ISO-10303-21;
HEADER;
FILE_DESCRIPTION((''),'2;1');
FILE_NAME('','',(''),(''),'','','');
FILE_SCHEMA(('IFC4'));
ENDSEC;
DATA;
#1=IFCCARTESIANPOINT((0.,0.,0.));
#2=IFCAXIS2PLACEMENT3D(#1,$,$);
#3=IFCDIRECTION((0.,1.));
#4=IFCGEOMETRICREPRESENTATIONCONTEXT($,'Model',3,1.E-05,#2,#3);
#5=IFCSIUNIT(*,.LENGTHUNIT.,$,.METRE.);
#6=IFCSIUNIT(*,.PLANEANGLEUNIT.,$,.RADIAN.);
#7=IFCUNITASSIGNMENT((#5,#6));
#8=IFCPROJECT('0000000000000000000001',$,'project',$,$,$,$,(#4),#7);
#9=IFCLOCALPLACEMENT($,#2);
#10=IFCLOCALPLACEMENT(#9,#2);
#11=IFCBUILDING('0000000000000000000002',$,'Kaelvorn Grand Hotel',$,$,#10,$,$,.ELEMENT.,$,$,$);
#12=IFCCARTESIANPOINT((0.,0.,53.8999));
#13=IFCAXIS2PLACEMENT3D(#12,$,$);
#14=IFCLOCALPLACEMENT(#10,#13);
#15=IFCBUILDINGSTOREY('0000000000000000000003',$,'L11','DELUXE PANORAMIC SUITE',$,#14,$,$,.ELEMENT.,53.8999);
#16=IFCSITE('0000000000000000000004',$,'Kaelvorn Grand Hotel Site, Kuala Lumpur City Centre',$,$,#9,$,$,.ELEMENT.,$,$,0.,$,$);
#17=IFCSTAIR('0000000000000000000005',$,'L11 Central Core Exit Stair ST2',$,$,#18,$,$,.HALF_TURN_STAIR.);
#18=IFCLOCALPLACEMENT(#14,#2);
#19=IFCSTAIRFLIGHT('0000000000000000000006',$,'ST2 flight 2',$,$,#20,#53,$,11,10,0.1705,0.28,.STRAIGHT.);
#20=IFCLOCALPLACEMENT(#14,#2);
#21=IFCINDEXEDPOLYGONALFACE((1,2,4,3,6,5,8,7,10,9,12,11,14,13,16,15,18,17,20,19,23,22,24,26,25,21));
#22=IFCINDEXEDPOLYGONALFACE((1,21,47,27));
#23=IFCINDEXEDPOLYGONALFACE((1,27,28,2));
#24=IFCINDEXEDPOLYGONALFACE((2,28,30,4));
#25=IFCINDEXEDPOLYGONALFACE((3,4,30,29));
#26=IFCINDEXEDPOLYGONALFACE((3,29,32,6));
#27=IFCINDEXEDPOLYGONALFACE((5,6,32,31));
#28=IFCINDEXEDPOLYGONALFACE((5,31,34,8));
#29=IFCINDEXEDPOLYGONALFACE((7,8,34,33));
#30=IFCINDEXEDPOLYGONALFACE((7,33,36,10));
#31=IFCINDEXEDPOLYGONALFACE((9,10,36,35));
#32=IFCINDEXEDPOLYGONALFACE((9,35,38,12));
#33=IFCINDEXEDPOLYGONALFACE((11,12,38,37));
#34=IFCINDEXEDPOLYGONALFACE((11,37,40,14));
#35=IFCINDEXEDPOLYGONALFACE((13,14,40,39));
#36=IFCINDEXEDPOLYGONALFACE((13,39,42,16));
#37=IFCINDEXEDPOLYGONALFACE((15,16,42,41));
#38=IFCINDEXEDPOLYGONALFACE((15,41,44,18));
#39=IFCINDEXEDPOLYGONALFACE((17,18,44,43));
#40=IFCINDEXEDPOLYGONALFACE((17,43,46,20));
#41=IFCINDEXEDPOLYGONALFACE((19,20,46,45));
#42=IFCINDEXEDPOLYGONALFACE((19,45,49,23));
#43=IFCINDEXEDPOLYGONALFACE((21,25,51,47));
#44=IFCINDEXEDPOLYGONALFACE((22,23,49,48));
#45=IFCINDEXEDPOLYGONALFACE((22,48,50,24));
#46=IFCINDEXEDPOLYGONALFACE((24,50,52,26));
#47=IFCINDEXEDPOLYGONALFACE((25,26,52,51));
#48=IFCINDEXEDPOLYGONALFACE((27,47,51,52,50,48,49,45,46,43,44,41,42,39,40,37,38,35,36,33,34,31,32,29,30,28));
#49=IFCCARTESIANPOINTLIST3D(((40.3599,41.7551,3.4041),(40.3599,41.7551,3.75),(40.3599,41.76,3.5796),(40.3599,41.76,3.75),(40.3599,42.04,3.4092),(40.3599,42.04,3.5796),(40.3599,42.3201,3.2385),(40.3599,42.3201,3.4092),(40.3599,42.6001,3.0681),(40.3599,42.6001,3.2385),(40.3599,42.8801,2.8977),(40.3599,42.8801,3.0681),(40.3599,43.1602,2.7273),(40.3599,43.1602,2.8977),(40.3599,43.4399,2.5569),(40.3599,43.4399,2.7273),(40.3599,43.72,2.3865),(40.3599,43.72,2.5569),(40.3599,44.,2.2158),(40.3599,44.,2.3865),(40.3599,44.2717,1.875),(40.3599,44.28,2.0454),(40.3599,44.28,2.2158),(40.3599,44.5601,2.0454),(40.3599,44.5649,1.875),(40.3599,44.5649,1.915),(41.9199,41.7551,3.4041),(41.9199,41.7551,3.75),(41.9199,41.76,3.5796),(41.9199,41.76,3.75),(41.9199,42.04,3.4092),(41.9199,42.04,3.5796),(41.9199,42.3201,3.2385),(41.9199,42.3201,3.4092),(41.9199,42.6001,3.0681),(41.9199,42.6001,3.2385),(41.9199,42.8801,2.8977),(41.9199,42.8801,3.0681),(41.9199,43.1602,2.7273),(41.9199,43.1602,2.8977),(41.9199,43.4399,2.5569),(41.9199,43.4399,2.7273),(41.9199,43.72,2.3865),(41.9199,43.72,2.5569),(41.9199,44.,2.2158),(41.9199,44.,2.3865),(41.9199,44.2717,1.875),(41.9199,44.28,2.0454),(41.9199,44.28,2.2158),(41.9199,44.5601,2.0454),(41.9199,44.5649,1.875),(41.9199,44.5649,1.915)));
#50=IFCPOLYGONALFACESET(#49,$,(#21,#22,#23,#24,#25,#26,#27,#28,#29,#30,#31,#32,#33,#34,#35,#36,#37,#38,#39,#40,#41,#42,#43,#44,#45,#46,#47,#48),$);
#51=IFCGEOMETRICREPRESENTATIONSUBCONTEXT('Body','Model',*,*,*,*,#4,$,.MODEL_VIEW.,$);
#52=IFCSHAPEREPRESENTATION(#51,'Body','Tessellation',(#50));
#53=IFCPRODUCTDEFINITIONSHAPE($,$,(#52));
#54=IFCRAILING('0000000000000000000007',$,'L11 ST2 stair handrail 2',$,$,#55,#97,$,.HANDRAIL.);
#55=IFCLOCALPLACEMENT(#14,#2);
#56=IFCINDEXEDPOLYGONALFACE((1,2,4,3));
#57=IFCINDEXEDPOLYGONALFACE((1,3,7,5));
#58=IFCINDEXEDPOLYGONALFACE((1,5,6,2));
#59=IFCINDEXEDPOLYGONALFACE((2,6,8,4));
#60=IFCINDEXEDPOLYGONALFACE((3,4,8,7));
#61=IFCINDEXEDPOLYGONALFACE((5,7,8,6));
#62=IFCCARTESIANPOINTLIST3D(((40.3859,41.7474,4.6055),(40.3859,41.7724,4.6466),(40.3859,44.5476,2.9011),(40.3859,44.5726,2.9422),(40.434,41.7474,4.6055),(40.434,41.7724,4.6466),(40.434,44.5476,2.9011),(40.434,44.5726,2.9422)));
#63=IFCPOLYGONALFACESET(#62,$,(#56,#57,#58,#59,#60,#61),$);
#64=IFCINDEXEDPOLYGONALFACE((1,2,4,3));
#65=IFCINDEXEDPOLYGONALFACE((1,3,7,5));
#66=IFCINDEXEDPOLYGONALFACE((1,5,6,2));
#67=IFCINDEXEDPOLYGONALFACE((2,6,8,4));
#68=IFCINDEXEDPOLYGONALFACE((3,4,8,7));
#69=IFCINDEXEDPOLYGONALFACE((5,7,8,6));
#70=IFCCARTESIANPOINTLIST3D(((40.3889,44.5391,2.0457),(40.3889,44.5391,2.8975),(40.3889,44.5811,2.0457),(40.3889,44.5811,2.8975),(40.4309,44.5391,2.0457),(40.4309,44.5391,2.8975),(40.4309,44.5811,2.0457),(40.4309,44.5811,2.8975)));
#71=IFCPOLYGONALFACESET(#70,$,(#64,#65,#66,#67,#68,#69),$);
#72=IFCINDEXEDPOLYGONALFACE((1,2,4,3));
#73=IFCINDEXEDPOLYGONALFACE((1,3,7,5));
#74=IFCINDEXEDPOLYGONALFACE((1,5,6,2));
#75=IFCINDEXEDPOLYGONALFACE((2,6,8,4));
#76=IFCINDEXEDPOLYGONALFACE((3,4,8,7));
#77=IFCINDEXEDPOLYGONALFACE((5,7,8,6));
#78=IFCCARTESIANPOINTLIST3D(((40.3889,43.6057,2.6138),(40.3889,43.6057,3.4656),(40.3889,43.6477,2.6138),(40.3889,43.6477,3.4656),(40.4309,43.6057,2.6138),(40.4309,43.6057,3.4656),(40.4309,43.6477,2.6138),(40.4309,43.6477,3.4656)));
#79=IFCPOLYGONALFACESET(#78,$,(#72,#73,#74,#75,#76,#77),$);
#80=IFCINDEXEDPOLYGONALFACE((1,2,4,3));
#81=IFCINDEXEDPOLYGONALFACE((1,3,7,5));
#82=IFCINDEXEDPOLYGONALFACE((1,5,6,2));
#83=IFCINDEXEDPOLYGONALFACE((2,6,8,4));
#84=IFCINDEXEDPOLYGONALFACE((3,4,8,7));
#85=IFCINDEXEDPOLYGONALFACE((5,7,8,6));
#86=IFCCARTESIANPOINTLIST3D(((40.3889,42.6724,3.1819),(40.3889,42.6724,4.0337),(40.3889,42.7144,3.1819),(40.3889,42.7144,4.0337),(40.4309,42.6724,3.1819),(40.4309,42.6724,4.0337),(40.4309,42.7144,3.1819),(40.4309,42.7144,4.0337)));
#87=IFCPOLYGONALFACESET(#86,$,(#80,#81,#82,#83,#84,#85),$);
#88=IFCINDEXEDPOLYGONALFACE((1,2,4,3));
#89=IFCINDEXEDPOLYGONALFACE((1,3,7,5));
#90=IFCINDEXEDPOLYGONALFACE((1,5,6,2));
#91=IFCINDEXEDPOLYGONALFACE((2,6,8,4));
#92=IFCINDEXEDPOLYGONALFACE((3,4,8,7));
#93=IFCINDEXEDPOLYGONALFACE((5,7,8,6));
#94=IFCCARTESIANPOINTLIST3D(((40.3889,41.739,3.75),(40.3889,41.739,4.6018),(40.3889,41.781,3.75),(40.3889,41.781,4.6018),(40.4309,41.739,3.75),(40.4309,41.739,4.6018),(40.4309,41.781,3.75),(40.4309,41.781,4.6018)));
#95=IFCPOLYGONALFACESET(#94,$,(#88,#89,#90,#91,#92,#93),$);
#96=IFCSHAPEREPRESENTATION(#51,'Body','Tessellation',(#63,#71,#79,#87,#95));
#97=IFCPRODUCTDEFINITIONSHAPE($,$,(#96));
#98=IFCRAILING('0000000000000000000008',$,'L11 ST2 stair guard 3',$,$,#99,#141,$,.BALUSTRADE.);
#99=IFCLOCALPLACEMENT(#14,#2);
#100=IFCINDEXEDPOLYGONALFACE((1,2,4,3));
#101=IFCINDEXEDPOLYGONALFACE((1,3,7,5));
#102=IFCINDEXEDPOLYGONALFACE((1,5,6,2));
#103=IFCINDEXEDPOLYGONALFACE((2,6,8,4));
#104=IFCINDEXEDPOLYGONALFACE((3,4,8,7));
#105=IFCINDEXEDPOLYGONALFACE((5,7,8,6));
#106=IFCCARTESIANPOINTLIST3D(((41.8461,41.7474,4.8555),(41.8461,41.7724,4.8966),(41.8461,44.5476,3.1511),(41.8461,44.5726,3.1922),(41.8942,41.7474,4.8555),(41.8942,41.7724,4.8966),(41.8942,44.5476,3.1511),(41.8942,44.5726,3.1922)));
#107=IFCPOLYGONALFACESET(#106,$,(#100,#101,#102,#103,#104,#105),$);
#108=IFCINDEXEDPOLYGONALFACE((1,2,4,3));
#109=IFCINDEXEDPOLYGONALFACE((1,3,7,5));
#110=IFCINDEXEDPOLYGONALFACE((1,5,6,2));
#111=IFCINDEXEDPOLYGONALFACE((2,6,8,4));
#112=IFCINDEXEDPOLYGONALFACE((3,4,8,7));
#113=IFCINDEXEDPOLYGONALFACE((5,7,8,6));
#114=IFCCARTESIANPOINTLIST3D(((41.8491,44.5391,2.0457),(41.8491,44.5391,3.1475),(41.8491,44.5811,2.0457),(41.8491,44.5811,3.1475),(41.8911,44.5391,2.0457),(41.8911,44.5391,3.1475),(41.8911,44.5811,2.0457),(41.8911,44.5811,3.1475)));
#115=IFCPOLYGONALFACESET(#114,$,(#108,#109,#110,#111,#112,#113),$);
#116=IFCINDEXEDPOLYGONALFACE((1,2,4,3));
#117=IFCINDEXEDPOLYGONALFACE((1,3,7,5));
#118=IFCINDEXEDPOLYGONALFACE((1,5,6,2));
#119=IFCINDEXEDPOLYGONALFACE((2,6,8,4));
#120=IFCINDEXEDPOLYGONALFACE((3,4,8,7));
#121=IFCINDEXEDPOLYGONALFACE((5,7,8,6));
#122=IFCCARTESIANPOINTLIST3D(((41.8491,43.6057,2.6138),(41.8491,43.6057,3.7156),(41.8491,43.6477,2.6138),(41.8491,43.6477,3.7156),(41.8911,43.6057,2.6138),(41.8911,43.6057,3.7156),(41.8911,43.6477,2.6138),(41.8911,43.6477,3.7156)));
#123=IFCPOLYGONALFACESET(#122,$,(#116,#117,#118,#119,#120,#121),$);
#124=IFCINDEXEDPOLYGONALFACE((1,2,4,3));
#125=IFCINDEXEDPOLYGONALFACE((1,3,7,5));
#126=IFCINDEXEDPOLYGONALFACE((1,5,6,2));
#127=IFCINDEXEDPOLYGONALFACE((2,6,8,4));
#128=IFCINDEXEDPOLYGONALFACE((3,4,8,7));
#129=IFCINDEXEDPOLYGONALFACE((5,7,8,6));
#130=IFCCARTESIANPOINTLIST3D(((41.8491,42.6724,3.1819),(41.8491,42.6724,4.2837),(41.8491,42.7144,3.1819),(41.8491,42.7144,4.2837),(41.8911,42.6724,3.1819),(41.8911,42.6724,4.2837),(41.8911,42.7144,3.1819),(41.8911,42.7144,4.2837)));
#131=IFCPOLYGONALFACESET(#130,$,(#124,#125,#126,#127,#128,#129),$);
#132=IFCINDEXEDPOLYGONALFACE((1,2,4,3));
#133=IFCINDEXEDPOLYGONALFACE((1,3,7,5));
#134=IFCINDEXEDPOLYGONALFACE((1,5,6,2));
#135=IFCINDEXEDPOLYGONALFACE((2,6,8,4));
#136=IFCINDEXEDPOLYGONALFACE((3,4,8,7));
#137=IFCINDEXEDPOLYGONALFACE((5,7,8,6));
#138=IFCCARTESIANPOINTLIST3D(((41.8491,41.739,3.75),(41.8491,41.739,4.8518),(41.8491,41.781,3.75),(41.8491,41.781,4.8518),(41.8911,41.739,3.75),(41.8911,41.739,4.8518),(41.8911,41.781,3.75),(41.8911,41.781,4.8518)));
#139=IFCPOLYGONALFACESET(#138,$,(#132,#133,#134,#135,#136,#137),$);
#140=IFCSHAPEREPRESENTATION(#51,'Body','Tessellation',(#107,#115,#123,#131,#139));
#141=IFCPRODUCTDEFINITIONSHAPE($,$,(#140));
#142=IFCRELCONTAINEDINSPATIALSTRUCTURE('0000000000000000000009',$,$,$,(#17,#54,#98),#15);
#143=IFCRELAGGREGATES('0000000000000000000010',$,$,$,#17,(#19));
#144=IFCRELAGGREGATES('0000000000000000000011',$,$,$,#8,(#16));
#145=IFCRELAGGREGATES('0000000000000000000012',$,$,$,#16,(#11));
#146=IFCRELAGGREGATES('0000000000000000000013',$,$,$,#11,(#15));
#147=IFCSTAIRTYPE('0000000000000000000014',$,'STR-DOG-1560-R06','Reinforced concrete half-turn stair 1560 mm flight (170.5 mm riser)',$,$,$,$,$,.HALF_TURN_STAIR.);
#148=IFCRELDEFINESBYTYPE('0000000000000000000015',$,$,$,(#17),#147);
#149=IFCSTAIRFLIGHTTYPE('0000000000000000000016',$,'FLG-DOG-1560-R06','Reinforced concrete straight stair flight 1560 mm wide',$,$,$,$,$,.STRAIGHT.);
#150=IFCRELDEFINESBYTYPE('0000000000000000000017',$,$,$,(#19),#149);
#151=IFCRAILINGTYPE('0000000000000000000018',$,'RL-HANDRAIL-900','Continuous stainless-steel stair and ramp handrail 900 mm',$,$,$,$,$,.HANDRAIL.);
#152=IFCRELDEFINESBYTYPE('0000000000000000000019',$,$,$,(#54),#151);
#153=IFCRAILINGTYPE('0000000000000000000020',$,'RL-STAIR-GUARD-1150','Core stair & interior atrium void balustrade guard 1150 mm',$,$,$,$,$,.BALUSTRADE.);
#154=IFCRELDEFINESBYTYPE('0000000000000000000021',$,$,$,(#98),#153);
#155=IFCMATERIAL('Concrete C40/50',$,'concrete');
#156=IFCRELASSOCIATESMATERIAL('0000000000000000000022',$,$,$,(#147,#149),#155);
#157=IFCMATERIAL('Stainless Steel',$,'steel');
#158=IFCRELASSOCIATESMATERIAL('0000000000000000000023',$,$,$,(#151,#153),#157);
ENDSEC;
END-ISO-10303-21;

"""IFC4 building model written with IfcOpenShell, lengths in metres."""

from ifc_helpers import new_model, si_unit, direction, frame, origin, origin_2d, place, context, subcontext, project, spatial, polyline, rectangle, outline, extrude, material, type_object, element, aggregate, save


model = new_model("IFC4")

# Units and contexts
model_context = context("Model", 3, precision=1e-05, world=origin(), true_north=direction((0.0, 1.0)))
body_context = subcontext(model_context, "Body", "Model", "MODEL_VIEW")
ifc_project = project(units=[si_unit("LENGTHUNIT", "METRE"), si_unit("PLANEANGLEUNIT", "RADIAN")], contexts=[model_context])

# Site, building, storey
site_placement = place(None, origin())
site = spatial("IfcSite", under=ifc_project, at=site_placement, Name="Kaelvorn Grand Hotel Site, Kuala Lumpur City Centre", CompositionType="ELEMENT", RefElevation=0.0)
building_placement = place(site_placement, origin())
building = spatial("IfcBuilding", under=site, at=building_placement, Name="Kaelvorn Grand Hotel", CompositionType="ELEMENT")
storey_placement = place(building_placement, frame((0.0, 0.0, 53.8999)))
storey = spatial("IfcBuildingStorey", under=building, at=storey_placement, Name="L11", Description="DELUXE PANORAMIC SUITE", CompositionType="ELEMENT", Elevation=53.8999)

# Shared definitions
ifc_material_1 = material(Name="Concrete C40/50", Category="concrete")

# Stair, stair flight
stair_type = type_object("IfcStairType", Name="STR-DOG-1560-R06", Description="Reinforced concrete half-turn stair 1560 mm flight (170.5 mm riser)", PredefinedType="HALF_TURN_STAIR", material=ifc_material_1)
stair_placement = place(storey_placement, origin())
stair = element("IfcStair", 1, at=stair_placement, inside=storey, type_object=stair_type, Name="L11 Central Core Exit Stair ST2", PredefinedType="HALF_TURN_STAIR")
stair_flight_type = type_object("IfcStairFlightType", Name="FLG-DOG-1560-R06", Description="Reinforced concrete straight stair flight 1560 mm wide", PredefinedType="STRAIGHT", material=ifc_material_1)
stair_flight_placement = place(storey_placement, frame((41.1399, 44.5601, 1.875), z_axis=(0.0, 0.0, 1.0), x_axis=(0.0, -1.0, 0.0)))
stair_flight = element("IfcStairFlight", 2, at=stair_flight_placement, type_object=stair_flight_type, Name="ST2 flight 2", NumberOfRisers=11, NumberOfTreads=10, PredefinedType="STRAIGHT", RiserHeight=0.1705, TreadLength=0.28, context=body_context, shape_type="SweptSolid", body=[
    extrude(outline(polyline([(-0.0049, 0.0), (-0.0049, 0.04), (0.0, 0.1704), (0.28, 0.1704), (0.28, 0.3408), (0.5601, 0.3408), (0.5601, 0.5115), (0.8401, 0.5115), (0.8401, 0.6819), (1.1201, 0.6819), (1.1201, 0.8523), (1.3999, 0.8523), (1.3999, 1.0227), (1.6799, 1.0227), (1.6799, 1.1931), (1.96, 1.1931), (1.96, 1.3635), (2.24, 1.3635), (2.24, 1.5342), (2.52, 1.5342), (2.52, 1.7046), (2.8, 1.7046), (2.8, 1.875), (2.8049, 1.875), (2.8049, 1.5291), (0.2883, 0.0), (-0.0049, 0.0)])), frame((0.0, 0.78, 0.0), z_axis=(0.0, -1.0, 0.0), x_axis=(1.0, 0.0, 0.0)), (0.0, 0.0, 1.0), 1.5601),
])
aggregate(stair, [stair_flight])

# Railings
ifc_material_2 = material(Name="Stainless Steel", Category="steel")
railing_type_1 = type_object("IfcRailingType", Name="RL-HANDRAIL-900", Description="Continuous stainless-steel stair and ramp handrail 900 mm", PredefinedType="HANDRAIL", material=ifc_material_2)
railing_1_placement = place(storey_placement, frame((40.4099, 44.5601, 2.0457)))
element("IfcRailing", 3, at=railing_1_placement, inside=storey, type_object=railing_type_1, Name="L11 ST2 stair handrail 2", PredefinedType="HANDRAIL", context=body_context, shape_type="SweptSolid", body=[
    extrude(rectangle(XDim=0.0481, YDim=0.0481, at=origin_2d()), frame((0.0, 0.0, 0.876), z_axis=(0.0, -0.854203, 0.51994), x_axis=(1.0, 0.0, 0.0)), (0.0, 0.0, 1.0), 3.2781),
    extrude(rectangle(XDim=0.042, YDim=0.042, at=origin_2d()), origin(), (0.0, 0.0, 1.0), 0.8518),
    extrude(rectangle(XDim=0.042, YDim=0.042, at=origin_2d()), frame((0.0, -0.9333, 0.5681)), (0.0, 0.0, 1.0), 0.8518),
    extrude(rectangle(XDim=0.042, YDim=0.042, at=origin_2d()), frame((0.0, -1.8667, 1.1362)), (0.0, 0.0, 1.0), 0.8518),
    extrude(rectangle(XDim=0.042, YDim=0.042, at=origin_2d()), frame((0.0, -2.8, 1.7043)), (0.0, 0.0, 1.0), 0.8518),
])
railing_type_2 = type_object("IfcRailingType", Name="RL-STAIR-GUARD-1150", Description="Core stair & interior atrium void balustrade guard 1150 mm", PredefinedType="BALUSTRADE", material=ifc_material_2)
railing_2_placement = place(storey_placement, frame((41.8701, 44.5601, 2.0457)))
element("IfcRailing", 4, at=railing_2_placement, inside=storey, type_object=railing_type_2, Name="L11 ST2 stair guard 3", PredefinedType="BALUSTRADE", context=body_context, shape_type="SweptSolid", body=[
    extrude(rectangle(XDim=0.0481, YDim=0.0481, at=origin_2d()), frame((0.0, 0.0, 1.126), z_axis=(0.0, -0.854203, 0.51994), x_axis=(1.0, 0.0, 0.0)), (0.0, 0.0, 1.0), 3.2781),
    extrude(rectangle(XDim=0.042, YDim=0.042, at=origin_2d()), origin(), (0.0, 0.0, 1.0), 1.1018),
    extrude(rectangle(XDim=0.042, YDim=0.042, at=origin_2d()), frame((0.0, -0.9333, 0.5681)), (0.0, 0.0, 1.0), 1.1018),
    extrude(rectangle(XDim=0.042, YDim=0.042, at=origin_2d()), frame((0.0, -1.8667, 1.1362)), (0.0, 0.0, 1.0), 1.1018),
    extrude(rectangle(XDim=0.042, YDim=0.042, at=origin_2d()), frame((0.0, -2.8, 1.7043)), (0.0, 0.0, 1.0), 1.1018),
])

save(model, "model.ifc")
